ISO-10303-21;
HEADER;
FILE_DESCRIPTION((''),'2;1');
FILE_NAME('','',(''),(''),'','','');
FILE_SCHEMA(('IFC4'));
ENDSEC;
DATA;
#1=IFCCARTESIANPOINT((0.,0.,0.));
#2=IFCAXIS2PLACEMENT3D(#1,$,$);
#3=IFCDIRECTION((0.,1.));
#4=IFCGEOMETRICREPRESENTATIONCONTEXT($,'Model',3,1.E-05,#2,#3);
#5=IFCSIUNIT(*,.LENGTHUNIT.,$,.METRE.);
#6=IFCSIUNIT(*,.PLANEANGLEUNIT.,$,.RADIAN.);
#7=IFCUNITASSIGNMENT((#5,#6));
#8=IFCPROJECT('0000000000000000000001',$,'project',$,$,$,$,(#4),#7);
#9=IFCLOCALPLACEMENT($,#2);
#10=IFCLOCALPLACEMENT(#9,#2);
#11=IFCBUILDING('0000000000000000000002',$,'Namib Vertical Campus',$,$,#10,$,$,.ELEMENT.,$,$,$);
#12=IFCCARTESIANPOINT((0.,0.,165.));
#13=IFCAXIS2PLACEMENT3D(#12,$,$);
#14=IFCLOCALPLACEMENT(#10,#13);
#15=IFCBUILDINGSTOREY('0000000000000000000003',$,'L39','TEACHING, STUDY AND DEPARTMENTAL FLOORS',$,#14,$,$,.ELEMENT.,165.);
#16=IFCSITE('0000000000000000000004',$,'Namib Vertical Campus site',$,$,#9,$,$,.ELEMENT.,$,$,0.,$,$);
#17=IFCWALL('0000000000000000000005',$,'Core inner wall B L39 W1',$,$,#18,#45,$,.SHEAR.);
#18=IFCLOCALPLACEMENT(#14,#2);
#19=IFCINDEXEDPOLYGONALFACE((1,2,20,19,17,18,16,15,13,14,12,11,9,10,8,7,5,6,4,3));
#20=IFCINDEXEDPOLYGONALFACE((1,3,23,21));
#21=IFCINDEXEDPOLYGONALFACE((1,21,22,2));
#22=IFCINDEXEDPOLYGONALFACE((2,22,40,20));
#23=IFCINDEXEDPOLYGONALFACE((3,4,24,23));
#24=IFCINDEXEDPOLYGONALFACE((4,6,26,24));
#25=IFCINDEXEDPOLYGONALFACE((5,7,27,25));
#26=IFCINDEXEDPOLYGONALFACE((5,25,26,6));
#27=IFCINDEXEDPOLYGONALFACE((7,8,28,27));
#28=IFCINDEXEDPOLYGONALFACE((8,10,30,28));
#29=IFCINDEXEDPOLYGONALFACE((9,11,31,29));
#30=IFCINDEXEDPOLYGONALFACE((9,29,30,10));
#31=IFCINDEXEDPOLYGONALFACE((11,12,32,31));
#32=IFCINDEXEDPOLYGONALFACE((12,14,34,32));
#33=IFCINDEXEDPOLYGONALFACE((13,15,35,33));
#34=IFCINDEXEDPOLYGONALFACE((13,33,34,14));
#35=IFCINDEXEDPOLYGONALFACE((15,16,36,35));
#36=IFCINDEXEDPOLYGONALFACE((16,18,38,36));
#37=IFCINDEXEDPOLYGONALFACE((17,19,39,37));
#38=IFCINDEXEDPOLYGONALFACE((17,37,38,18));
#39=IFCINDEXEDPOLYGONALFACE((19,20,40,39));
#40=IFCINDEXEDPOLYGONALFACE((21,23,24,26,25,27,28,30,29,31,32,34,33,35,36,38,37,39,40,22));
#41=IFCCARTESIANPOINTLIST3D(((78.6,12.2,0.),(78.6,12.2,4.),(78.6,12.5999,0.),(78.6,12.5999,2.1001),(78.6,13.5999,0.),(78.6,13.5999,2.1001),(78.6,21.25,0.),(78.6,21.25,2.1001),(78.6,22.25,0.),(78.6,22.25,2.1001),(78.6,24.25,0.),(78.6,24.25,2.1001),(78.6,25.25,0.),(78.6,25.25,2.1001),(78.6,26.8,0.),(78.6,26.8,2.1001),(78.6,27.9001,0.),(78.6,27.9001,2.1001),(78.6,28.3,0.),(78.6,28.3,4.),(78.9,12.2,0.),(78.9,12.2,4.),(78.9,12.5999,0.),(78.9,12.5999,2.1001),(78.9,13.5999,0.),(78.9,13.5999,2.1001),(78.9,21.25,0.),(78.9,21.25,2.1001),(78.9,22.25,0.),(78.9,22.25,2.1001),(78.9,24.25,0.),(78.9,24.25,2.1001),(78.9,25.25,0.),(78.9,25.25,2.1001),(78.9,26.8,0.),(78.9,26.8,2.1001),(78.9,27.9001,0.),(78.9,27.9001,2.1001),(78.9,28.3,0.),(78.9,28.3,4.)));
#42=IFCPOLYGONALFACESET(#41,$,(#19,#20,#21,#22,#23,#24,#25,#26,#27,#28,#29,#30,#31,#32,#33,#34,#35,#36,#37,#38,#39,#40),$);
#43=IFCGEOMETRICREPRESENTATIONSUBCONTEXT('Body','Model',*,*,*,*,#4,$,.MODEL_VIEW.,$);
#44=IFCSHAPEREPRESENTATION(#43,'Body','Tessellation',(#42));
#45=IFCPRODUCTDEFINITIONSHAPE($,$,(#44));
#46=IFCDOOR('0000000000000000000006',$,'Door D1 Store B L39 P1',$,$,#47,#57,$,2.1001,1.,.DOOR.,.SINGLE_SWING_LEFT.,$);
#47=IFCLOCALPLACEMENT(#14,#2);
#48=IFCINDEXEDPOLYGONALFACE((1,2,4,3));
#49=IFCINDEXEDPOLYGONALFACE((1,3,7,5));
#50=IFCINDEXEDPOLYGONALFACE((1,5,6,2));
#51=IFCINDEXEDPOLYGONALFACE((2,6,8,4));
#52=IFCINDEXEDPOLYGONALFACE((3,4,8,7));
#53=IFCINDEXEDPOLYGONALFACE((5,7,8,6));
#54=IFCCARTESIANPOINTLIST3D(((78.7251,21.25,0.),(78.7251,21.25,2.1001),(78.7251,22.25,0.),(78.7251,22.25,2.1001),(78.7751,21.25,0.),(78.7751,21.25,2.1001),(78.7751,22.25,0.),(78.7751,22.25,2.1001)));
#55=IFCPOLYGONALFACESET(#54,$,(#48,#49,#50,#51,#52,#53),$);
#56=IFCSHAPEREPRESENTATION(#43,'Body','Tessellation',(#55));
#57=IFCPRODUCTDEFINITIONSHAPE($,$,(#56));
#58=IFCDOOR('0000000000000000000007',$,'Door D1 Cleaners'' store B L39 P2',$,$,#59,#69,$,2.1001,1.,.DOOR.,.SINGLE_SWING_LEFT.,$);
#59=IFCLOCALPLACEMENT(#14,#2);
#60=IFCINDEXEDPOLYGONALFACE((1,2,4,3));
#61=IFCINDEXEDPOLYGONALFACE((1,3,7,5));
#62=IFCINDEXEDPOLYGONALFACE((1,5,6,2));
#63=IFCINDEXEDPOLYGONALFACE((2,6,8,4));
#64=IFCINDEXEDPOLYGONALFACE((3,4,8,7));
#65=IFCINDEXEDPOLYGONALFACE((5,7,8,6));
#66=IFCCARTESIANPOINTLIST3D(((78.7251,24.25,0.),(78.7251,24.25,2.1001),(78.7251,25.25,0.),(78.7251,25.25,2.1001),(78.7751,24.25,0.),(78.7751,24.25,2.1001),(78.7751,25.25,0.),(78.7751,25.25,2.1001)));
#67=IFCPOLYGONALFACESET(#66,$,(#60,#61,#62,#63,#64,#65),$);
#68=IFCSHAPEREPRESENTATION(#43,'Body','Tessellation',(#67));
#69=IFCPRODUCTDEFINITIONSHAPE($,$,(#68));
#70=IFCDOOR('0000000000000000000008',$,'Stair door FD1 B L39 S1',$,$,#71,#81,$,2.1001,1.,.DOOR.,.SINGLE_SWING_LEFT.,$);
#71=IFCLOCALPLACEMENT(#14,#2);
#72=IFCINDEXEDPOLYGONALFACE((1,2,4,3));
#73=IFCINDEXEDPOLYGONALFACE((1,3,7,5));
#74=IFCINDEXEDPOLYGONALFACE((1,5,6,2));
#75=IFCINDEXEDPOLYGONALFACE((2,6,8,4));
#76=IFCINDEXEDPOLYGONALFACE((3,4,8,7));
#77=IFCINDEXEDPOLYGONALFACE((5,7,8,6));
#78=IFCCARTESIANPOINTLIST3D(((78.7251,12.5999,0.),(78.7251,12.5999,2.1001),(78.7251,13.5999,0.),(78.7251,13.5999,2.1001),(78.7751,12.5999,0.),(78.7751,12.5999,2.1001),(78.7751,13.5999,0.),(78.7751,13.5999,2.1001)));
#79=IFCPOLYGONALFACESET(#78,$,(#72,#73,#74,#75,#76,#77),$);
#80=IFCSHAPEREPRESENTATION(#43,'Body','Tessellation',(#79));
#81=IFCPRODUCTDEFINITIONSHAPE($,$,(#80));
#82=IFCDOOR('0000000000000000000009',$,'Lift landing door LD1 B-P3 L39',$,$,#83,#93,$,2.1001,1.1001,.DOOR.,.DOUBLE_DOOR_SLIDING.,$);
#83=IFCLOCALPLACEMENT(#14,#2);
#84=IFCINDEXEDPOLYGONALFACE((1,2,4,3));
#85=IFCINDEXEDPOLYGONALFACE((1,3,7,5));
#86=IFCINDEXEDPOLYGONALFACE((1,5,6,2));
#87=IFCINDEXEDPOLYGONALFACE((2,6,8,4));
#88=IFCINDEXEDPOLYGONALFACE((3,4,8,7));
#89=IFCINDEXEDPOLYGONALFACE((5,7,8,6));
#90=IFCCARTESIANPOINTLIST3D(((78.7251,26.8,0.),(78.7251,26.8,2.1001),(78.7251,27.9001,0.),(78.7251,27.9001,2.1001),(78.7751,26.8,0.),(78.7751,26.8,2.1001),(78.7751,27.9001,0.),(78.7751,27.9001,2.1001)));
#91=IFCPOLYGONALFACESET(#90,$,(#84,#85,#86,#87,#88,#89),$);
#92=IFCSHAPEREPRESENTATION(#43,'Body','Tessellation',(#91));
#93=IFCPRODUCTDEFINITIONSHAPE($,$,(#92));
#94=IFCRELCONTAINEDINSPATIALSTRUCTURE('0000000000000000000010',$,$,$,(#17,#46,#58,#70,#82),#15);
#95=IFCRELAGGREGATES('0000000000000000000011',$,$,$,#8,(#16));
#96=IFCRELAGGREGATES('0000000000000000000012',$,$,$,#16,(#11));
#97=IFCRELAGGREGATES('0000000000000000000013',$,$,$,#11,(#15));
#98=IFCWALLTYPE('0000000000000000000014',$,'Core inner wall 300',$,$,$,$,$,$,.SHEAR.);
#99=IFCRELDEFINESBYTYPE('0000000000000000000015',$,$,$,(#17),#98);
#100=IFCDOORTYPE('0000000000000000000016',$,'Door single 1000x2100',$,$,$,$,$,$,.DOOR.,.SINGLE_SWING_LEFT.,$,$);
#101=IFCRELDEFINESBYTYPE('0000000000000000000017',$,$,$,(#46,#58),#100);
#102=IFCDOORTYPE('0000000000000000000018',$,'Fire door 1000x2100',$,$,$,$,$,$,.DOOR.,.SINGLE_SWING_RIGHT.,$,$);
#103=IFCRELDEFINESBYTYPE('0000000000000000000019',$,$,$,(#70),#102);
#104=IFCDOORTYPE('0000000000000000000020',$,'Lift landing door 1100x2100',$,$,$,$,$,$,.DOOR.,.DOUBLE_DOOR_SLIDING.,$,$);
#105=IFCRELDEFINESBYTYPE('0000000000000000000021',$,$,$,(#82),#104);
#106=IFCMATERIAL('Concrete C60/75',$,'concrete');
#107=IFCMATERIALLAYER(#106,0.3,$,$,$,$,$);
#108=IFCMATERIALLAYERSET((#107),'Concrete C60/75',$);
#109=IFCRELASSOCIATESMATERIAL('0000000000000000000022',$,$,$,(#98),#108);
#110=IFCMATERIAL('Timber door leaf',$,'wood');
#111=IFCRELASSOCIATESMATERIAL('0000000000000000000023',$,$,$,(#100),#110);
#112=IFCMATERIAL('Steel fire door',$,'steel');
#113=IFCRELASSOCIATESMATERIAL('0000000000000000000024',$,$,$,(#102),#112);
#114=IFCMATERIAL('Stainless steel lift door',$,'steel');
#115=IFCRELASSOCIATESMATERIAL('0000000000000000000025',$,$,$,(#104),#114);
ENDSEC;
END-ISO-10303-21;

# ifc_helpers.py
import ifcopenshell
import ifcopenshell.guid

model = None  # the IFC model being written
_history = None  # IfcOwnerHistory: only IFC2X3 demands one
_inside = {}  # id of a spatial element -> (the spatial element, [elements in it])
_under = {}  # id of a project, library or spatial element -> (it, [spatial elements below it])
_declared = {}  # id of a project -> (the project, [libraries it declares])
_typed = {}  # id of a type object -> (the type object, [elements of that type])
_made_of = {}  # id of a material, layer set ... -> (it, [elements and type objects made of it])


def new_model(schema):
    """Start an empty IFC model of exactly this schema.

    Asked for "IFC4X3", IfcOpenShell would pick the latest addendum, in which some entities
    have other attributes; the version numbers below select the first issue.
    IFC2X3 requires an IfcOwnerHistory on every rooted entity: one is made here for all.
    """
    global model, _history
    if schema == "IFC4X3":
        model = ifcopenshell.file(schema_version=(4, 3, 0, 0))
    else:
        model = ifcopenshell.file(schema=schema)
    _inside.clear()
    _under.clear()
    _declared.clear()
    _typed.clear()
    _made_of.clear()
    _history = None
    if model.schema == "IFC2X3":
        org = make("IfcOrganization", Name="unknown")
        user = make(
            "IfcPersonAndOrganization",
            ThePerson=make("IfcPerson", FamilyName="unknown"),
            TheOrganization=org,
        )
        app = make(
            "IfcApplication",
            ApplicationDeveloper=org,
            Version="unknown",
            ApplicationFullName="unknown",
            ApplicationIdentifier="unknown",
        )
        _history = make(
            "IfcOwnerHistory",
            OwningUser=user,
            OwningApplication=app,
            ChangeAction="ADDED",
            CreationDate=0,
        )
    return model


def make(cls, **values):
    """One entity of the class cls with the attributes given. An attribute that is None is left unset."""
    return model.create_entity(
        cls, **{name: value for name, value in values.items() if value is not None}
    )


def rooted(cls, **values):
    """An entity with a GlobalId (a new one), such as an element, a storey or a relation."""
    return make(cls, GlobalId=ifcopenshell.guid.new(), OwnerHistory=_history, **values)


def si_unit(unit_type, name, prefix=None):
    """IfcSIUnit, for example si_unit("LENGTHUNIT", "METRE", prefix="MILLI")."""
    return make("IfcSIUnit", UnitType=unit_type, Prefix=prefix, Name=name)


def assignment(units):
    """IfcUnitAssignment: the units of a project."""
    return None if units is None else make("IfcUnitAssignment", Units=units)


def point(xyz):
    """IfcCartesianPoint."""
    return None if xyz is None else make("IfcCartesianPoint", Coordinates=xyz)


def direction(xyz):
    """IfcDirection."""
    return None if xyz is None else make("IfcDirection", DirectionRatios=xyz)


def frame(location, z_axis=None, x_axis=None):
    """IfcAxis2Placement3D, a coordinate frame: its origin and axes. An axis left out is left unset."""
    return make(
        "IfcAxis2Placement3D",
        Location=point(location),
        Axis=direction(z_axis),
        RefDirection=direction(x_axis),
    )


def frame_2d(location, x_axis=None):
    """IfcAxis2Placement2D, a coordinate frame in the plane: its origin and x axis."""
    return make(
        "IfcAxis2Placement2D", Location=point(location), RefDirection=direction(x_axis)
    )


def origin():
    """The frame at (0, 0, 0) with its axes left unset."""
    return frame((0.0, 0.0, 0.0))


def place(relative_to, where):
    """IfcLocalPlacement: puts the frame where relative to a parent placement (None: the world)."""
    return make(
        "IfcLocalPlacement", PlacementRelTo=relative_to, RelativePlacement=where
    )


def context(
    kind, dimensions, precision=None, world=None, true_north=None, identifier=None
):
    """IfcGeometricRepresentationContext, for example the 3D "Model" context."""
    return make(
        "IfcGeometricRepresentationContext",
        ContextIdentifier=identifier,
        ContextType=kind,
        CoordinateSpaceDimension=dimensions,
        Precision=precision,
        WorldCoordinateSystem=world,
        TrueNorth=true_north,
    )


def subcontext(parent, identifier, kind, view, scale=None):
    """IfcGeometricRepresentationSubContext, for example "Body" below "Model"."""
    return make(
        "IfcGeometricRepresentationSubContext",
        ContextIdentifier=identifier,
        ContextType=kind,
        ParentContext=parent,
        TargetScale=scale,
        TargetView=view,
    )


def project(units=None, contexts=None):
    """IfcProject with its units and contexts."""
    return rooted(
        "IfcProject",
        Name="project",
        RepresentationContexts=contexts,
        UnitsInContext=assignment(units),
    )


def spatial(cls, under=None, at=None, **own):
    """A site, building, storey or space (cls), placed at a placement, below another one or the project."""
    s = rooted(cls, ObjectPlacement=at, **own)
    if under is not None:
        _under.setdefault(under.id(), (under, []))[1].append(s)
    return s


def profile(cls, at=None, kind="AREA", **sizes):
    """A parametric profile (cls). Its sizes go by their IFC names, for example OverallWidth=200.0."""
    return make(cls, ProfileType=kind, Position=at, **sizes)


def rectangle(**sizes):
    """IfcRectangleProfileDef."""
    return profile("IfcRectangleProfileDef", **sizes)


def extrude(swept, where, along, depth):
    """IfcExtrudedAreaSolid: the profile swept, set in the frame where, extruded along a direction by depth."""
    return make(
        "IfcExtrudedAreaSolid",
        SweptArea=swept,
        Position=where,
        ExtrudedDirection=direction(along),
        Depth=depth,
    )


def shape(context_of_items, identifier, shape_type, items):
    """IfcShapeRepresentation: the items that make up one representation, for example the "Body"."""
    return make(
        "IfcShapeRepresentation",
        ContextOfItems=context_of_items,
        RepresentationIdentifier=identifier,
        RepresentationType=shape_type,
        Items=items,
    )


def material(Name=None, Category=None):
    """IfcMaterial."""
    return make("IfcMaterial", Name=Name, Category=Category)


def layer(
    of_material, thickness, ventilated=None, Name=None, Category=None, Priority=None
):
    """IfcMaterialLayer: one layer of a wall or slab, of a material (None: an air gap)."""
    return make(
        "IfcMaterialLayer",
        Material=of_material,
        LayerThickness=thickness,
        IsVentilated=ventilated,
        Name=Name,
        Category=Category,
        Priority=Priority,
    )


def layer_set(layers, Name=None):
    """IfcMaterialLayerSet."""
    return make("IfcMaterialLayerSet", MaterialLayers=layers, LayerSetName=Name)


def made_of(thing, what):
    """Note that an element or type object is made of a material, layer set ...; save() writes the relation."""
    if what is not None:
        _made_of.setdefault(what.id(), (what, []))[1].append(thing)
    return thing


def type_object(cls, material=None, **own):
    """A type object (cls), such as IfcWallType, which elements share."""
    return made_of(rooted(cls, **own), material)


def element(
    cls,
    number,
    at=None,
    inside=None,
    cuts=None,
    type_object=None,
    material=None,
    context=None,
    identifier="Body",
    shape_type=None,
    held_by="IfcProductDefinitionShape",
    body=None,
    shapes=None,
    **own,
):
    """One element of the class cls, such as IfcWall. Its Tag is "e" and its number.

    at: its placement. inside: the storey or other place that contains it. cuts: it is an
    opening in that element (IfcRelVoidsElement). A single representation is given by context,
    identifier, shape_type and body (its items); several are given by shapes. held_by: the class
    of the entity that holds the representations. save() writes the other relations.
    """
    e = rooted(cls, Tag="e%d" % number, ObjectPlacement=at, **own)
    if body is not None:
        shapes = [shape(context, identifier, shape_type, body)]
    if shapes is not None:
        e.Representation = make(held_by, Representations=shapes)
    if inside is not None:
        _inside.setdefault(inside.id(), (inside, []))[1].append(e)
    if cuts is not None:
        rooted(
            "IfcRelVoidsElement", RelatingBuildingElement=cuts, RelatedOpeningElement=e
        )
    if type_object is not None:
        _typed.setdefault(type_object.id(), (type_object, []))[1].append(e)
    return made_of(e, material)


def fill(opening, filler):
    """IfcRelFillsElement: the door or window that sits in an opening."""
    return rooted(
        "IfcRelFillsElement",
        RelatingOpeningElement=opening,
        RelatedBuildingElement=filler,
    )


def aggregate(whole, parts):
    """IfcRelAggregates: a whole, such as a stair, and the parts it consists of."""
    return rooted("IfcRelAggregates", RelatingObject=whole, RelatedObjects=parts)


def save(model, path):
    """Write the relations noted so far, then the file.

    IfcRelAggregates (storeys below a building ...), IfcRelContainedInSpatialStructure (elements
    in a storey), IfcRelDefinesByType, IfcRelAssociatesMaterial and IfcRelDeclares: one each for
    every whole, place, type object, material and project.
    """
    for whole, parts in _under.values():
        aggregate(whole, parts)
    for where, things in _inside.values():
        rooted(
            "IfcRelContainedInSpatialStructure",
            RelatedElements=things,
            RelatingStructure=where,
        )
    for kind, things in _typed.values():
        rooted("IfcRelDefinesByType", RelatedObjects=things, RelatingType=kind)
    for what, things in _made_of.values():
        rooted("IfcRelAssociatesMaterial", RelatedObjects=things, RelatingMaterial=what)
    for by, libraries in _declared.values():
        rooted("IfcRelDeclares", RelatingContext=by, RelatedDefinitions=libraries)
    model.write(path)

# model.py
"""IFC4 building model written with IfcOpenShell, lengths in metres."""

from ifc_helpers import new_model, si_unit, direction, frame, frame_2d, origin, place, context, subcontext, project, spatial, rectangle, extrude, material, layer, layer_set, type_object, element, fill, save


model = new_model("IFC4")

# Units and contexts
model_context = context("Model", 3, precision=1e-05, world=origin(), true_north=direction((0.0, 1.0)))
body_context = subcontext(model_context, "Body", "Model", "MODEL_VIEW")
ifc_project = project(units=[si_unit("LENGTHUNIT", "METRE"), si_unit("PLANEANGLEUNIT", "RADIAN")], contexts=[model_context])

# Site, building, storey
site_placement = place(None, origin())
site = spatial("IfcSite", under=ifc_project, at=site_placement, Name="Namib Vertical Campus site", CompositionType="ELEMENT", RefElevation=0.0)
building_placement = place(site_placement, origin())
building = spatial("IfcBuilding", under=site, at=building_placement, Name="Namib Vertical Campus", CompositionType="ELEMENT")
storey_placement = place(building_placement, frame((0.0, 0.0, 165.0)))
storey = spatial("IfcBuildingStorey", under=building, at=storey_placement, Name="L39", Description="TEACHING, STUDY AND DEPARTMENTAL FLOORS", CompositionType="ELEMENT", Elevation=165.0)

# Wall, openings, doors
ifc_material_1 = material(Name="Concrete C60/75", Category="concrete")
ifc_layer_1 = layer(ifc_material_1, 0.3)
ifc_layer_set_1 = layer_set([ifc_layer_1], Name="Concrete C60/75")
wall_type_1 = type_object("IfcWallType", Name="Core inner wall 300", PredefinedType="SHEAR", material=ifc_layer_set_1)
wall_1_placement = place(storey_placement, frame((78.75, 12.2, 0.0), z_axis=(0.0, 0.0, 1.0), x_axis=(0.0, 1.0, 0.0)))
wall_1 = element("IfcWall", 1, at=wall_1_placement, inside=storey, type_object=wall_type_1, Name="Core inner wall B L39 W1", PredefinedType="SHEAR", context=body_context, shape_type="SweptSolid", body=[
    extrude(rectangle(XDim=16.1001, YDim=0.3, at=frame_2d((8.05, 0.0))), origin(), (0.0, 0.0, 1.0), 4.0),
])
opening_1_placement = place(wall_1_placement, frame((0.3999, 0.0, 0.0)))
opening_1 = element("IfcOpeningElement", 2, at=opening_1_placement, cuts=wall_1, PredefinedType="OPENING", context=body_context, shape_type="SweptSolid", body=[
    extrude(rectangle(XDim=1.0, YDim=2.1001, at=frame_2d((0.5, 1.05))), frame((0.0, 0.1599, 0.0), z_axis=(0.0, -1.0, 0.0), x_axis=(1.0, 0.0, 0.0)), (0.0, 0.0, 1.0), 0.3201),
])
opening_2_placement = place(wall_1_placement, frame((14.6001, 0.0, 0.0)))
opening_2 = element("IfcOpeningElement", 3, at=opening_2_placement, cuts=wall_1, PredefinedType="OPENING", context=body_context, shape_type="SweptSolid", body=[
    extrude(rectangle(XDim=1.1001, YDim=2.1001, at=frame_2d((0.55, 1.05))), frame((0.0, 0.1599, 0.0), z_axis=(0.0, -1.0, 0.0), x_axis=(1.0, 0.0, 0.0)), (0.0, 0.0, 1.0), 0.3201),
])
opening_3_placement = place(wall_1_placement, frame((9.05, 0.0, 0.0)))
opening_3 = element("IfcOpeningElement", 4, at=opening_3_placement, cuts=wall_1, PredefinedType="OPENING", context=body_context, shape_type="SweptSolid", body=[
    extrude(rectangle(XDim=1.0, YDim=2.1001, at=frame_2d((0.5, 1.05))), frame((0.0, 0.1599, 0.0), z_axis=(0.0, -1.0, 0.0), x_axis=(1.0, 0.0, 0.0)), (0.0, 0.0, 1.0), 0.3201),
])
opening_4_placement = place(wall_1_placement, frame((12.05, 0.0, 0.0)))
opening_4 = element("IfcOpeningElement", 5, at=opening_4_placement, cuts=wall_1, PredefinedType="OPENING", context=body_context, shape_type="SweptSolid", body=[
    extrude(rectangle(XDim=1.0, YDim=2.1001, at=frame_2d((0.5, 1.05))), frame((0.0, 0.1599, 0.0), z_axis=(0.0, -1.0, 0.0), x_axis=(1.0, 0.0, 0.0)), (0.0, 0.0, 1.0), 0.3201),
])
ifc_material_2 = material(Name="Timber door leaf", Category="wood")
door_type_1 = type_object("IfcDoorType", Name="Door single 1000x2100", OperationType="SINGLE_SWING_LEFT", PredefinedType="DOOR", material=ifc_material_2)
door_1_placement = place(opening_3_placement, origin())
door_1 = element("IfcDoor", 6, at=door_1_placement, inside=storey, type_object=door_type_1, Name="Door D1 Store B L39 P1", OperationType="SINGLE_SWING_LEFT", OverallHeight=2.1001, OverallWidth=1.0, PredefinedType="DOOR", context=body_context, shape_type="SweptSolid", body=[
    extrude(rectangle(XDim=1.0, YDim=2.1001, at=frame_2d((0.5, 1.05))), frame((0.0, 0.0249, 0.0), z_axis=(0.0, -1.0, 0.0), x_axis=(1.0, 0.0, 0.0)), (0.0, 0.0, 1.0), 0.05),
])
fill(opening_3, door_1)
door_2_placement = place(opening_4_placement, origin())
door_2 = element("IfcDoor", 7, at=door_2_placement, inside=storey, type_object=door_type_1, Name="Door D1 Cleaners' store B L39 P2", OperationType="SINGLE_SWING_LEFT", OverallHeight=2.1001, OverallWidth=1.0, PredefinedType="DOOR", context=body_context, shape_type="SweptSolid", body=[
    extrude(rectangle(XDim=1.0, YDim=2.1001, at=frame_2d((0.5, 1.05))), frame((0.0, 0.0249, 0.0), z_axis=(0.0, -1.0, 0.0), x_axis=(1.0, 0.0, 0.0)), (0.0, 0.0, 1.0), 0.05),
])
fill(opening_4, door_2)
ifc_material_3 = material(Name="Steel fire door", Category="steel")
door_type_2 = type_object("IfcDoorType", Name="Fire door 1000x2100", OperationType="SINGLE_SWING_RIGHT", PredefinedType="DOOR", material=ifc_material_3)
door_3_placement = place(opening_1_placement, origin())
door_3 = element("IfcDoor", 8, at=door_3_placement, inside=storey, type_object=door_type_2, Name="Stair door FD1 B L39 S1", OperationType="SINGLE_SWING_LEFT", OverallHeight=2.1001, OverallWidth=1.0, PredefinedType="DOOR", context=body_context, shape_type="SweptSolid", body=[
    extrude(rectangle(XDim=1.0, YDim=2.1001, at=frame_2d((0.5, 1.05))), frame((0.0, 0.0249, 0.0), z_axis=(0.0, -1.0, 0.0), x_axis=(1.0, 0.0, 0.0)), (0.0, 0.0, 1.0), 0.05),
])
fill(opening_1, door_3)
ifc_material_4 = material(Name="Stainless steel lift door", Category="steel")
door_type_3 = type_object("IfcDoorType", Name="Lift landing door 1100x2100", OperationType="DOUBLE_DOOR_SLIDING", PredefinedType="DOOR", material=ifc_material_4)
door_4_placement = place(opening_2_placement, origin())
door_4 = element("IfcDoor", 9, at=door_4_placement, inside=storey, type_object=door_type_3, Name="Lift landing door LD1 B-P3 L39", OperationType="DOUBLE_DOOR_SLIDING", OverallHeight=2.1001, OverallWidth=1.1001, PredefinedType="DOOR", context=body_context, shape_type="SweptSolid", body=[
    extrude(rectangle(XDim=1.1001, YDim=2.1001, at=frame_2d((0.55, 1.05))), frame((0.0, 0.0249, 0.0), z_axis=(0.0, -1.0, 0.0), x_axis=(1.0, 0.0, 0.0)), (0.0, 0.0, 1.0), 0.05),
])
fill(opening_2, door_4)

save(model, "model.ifc")
